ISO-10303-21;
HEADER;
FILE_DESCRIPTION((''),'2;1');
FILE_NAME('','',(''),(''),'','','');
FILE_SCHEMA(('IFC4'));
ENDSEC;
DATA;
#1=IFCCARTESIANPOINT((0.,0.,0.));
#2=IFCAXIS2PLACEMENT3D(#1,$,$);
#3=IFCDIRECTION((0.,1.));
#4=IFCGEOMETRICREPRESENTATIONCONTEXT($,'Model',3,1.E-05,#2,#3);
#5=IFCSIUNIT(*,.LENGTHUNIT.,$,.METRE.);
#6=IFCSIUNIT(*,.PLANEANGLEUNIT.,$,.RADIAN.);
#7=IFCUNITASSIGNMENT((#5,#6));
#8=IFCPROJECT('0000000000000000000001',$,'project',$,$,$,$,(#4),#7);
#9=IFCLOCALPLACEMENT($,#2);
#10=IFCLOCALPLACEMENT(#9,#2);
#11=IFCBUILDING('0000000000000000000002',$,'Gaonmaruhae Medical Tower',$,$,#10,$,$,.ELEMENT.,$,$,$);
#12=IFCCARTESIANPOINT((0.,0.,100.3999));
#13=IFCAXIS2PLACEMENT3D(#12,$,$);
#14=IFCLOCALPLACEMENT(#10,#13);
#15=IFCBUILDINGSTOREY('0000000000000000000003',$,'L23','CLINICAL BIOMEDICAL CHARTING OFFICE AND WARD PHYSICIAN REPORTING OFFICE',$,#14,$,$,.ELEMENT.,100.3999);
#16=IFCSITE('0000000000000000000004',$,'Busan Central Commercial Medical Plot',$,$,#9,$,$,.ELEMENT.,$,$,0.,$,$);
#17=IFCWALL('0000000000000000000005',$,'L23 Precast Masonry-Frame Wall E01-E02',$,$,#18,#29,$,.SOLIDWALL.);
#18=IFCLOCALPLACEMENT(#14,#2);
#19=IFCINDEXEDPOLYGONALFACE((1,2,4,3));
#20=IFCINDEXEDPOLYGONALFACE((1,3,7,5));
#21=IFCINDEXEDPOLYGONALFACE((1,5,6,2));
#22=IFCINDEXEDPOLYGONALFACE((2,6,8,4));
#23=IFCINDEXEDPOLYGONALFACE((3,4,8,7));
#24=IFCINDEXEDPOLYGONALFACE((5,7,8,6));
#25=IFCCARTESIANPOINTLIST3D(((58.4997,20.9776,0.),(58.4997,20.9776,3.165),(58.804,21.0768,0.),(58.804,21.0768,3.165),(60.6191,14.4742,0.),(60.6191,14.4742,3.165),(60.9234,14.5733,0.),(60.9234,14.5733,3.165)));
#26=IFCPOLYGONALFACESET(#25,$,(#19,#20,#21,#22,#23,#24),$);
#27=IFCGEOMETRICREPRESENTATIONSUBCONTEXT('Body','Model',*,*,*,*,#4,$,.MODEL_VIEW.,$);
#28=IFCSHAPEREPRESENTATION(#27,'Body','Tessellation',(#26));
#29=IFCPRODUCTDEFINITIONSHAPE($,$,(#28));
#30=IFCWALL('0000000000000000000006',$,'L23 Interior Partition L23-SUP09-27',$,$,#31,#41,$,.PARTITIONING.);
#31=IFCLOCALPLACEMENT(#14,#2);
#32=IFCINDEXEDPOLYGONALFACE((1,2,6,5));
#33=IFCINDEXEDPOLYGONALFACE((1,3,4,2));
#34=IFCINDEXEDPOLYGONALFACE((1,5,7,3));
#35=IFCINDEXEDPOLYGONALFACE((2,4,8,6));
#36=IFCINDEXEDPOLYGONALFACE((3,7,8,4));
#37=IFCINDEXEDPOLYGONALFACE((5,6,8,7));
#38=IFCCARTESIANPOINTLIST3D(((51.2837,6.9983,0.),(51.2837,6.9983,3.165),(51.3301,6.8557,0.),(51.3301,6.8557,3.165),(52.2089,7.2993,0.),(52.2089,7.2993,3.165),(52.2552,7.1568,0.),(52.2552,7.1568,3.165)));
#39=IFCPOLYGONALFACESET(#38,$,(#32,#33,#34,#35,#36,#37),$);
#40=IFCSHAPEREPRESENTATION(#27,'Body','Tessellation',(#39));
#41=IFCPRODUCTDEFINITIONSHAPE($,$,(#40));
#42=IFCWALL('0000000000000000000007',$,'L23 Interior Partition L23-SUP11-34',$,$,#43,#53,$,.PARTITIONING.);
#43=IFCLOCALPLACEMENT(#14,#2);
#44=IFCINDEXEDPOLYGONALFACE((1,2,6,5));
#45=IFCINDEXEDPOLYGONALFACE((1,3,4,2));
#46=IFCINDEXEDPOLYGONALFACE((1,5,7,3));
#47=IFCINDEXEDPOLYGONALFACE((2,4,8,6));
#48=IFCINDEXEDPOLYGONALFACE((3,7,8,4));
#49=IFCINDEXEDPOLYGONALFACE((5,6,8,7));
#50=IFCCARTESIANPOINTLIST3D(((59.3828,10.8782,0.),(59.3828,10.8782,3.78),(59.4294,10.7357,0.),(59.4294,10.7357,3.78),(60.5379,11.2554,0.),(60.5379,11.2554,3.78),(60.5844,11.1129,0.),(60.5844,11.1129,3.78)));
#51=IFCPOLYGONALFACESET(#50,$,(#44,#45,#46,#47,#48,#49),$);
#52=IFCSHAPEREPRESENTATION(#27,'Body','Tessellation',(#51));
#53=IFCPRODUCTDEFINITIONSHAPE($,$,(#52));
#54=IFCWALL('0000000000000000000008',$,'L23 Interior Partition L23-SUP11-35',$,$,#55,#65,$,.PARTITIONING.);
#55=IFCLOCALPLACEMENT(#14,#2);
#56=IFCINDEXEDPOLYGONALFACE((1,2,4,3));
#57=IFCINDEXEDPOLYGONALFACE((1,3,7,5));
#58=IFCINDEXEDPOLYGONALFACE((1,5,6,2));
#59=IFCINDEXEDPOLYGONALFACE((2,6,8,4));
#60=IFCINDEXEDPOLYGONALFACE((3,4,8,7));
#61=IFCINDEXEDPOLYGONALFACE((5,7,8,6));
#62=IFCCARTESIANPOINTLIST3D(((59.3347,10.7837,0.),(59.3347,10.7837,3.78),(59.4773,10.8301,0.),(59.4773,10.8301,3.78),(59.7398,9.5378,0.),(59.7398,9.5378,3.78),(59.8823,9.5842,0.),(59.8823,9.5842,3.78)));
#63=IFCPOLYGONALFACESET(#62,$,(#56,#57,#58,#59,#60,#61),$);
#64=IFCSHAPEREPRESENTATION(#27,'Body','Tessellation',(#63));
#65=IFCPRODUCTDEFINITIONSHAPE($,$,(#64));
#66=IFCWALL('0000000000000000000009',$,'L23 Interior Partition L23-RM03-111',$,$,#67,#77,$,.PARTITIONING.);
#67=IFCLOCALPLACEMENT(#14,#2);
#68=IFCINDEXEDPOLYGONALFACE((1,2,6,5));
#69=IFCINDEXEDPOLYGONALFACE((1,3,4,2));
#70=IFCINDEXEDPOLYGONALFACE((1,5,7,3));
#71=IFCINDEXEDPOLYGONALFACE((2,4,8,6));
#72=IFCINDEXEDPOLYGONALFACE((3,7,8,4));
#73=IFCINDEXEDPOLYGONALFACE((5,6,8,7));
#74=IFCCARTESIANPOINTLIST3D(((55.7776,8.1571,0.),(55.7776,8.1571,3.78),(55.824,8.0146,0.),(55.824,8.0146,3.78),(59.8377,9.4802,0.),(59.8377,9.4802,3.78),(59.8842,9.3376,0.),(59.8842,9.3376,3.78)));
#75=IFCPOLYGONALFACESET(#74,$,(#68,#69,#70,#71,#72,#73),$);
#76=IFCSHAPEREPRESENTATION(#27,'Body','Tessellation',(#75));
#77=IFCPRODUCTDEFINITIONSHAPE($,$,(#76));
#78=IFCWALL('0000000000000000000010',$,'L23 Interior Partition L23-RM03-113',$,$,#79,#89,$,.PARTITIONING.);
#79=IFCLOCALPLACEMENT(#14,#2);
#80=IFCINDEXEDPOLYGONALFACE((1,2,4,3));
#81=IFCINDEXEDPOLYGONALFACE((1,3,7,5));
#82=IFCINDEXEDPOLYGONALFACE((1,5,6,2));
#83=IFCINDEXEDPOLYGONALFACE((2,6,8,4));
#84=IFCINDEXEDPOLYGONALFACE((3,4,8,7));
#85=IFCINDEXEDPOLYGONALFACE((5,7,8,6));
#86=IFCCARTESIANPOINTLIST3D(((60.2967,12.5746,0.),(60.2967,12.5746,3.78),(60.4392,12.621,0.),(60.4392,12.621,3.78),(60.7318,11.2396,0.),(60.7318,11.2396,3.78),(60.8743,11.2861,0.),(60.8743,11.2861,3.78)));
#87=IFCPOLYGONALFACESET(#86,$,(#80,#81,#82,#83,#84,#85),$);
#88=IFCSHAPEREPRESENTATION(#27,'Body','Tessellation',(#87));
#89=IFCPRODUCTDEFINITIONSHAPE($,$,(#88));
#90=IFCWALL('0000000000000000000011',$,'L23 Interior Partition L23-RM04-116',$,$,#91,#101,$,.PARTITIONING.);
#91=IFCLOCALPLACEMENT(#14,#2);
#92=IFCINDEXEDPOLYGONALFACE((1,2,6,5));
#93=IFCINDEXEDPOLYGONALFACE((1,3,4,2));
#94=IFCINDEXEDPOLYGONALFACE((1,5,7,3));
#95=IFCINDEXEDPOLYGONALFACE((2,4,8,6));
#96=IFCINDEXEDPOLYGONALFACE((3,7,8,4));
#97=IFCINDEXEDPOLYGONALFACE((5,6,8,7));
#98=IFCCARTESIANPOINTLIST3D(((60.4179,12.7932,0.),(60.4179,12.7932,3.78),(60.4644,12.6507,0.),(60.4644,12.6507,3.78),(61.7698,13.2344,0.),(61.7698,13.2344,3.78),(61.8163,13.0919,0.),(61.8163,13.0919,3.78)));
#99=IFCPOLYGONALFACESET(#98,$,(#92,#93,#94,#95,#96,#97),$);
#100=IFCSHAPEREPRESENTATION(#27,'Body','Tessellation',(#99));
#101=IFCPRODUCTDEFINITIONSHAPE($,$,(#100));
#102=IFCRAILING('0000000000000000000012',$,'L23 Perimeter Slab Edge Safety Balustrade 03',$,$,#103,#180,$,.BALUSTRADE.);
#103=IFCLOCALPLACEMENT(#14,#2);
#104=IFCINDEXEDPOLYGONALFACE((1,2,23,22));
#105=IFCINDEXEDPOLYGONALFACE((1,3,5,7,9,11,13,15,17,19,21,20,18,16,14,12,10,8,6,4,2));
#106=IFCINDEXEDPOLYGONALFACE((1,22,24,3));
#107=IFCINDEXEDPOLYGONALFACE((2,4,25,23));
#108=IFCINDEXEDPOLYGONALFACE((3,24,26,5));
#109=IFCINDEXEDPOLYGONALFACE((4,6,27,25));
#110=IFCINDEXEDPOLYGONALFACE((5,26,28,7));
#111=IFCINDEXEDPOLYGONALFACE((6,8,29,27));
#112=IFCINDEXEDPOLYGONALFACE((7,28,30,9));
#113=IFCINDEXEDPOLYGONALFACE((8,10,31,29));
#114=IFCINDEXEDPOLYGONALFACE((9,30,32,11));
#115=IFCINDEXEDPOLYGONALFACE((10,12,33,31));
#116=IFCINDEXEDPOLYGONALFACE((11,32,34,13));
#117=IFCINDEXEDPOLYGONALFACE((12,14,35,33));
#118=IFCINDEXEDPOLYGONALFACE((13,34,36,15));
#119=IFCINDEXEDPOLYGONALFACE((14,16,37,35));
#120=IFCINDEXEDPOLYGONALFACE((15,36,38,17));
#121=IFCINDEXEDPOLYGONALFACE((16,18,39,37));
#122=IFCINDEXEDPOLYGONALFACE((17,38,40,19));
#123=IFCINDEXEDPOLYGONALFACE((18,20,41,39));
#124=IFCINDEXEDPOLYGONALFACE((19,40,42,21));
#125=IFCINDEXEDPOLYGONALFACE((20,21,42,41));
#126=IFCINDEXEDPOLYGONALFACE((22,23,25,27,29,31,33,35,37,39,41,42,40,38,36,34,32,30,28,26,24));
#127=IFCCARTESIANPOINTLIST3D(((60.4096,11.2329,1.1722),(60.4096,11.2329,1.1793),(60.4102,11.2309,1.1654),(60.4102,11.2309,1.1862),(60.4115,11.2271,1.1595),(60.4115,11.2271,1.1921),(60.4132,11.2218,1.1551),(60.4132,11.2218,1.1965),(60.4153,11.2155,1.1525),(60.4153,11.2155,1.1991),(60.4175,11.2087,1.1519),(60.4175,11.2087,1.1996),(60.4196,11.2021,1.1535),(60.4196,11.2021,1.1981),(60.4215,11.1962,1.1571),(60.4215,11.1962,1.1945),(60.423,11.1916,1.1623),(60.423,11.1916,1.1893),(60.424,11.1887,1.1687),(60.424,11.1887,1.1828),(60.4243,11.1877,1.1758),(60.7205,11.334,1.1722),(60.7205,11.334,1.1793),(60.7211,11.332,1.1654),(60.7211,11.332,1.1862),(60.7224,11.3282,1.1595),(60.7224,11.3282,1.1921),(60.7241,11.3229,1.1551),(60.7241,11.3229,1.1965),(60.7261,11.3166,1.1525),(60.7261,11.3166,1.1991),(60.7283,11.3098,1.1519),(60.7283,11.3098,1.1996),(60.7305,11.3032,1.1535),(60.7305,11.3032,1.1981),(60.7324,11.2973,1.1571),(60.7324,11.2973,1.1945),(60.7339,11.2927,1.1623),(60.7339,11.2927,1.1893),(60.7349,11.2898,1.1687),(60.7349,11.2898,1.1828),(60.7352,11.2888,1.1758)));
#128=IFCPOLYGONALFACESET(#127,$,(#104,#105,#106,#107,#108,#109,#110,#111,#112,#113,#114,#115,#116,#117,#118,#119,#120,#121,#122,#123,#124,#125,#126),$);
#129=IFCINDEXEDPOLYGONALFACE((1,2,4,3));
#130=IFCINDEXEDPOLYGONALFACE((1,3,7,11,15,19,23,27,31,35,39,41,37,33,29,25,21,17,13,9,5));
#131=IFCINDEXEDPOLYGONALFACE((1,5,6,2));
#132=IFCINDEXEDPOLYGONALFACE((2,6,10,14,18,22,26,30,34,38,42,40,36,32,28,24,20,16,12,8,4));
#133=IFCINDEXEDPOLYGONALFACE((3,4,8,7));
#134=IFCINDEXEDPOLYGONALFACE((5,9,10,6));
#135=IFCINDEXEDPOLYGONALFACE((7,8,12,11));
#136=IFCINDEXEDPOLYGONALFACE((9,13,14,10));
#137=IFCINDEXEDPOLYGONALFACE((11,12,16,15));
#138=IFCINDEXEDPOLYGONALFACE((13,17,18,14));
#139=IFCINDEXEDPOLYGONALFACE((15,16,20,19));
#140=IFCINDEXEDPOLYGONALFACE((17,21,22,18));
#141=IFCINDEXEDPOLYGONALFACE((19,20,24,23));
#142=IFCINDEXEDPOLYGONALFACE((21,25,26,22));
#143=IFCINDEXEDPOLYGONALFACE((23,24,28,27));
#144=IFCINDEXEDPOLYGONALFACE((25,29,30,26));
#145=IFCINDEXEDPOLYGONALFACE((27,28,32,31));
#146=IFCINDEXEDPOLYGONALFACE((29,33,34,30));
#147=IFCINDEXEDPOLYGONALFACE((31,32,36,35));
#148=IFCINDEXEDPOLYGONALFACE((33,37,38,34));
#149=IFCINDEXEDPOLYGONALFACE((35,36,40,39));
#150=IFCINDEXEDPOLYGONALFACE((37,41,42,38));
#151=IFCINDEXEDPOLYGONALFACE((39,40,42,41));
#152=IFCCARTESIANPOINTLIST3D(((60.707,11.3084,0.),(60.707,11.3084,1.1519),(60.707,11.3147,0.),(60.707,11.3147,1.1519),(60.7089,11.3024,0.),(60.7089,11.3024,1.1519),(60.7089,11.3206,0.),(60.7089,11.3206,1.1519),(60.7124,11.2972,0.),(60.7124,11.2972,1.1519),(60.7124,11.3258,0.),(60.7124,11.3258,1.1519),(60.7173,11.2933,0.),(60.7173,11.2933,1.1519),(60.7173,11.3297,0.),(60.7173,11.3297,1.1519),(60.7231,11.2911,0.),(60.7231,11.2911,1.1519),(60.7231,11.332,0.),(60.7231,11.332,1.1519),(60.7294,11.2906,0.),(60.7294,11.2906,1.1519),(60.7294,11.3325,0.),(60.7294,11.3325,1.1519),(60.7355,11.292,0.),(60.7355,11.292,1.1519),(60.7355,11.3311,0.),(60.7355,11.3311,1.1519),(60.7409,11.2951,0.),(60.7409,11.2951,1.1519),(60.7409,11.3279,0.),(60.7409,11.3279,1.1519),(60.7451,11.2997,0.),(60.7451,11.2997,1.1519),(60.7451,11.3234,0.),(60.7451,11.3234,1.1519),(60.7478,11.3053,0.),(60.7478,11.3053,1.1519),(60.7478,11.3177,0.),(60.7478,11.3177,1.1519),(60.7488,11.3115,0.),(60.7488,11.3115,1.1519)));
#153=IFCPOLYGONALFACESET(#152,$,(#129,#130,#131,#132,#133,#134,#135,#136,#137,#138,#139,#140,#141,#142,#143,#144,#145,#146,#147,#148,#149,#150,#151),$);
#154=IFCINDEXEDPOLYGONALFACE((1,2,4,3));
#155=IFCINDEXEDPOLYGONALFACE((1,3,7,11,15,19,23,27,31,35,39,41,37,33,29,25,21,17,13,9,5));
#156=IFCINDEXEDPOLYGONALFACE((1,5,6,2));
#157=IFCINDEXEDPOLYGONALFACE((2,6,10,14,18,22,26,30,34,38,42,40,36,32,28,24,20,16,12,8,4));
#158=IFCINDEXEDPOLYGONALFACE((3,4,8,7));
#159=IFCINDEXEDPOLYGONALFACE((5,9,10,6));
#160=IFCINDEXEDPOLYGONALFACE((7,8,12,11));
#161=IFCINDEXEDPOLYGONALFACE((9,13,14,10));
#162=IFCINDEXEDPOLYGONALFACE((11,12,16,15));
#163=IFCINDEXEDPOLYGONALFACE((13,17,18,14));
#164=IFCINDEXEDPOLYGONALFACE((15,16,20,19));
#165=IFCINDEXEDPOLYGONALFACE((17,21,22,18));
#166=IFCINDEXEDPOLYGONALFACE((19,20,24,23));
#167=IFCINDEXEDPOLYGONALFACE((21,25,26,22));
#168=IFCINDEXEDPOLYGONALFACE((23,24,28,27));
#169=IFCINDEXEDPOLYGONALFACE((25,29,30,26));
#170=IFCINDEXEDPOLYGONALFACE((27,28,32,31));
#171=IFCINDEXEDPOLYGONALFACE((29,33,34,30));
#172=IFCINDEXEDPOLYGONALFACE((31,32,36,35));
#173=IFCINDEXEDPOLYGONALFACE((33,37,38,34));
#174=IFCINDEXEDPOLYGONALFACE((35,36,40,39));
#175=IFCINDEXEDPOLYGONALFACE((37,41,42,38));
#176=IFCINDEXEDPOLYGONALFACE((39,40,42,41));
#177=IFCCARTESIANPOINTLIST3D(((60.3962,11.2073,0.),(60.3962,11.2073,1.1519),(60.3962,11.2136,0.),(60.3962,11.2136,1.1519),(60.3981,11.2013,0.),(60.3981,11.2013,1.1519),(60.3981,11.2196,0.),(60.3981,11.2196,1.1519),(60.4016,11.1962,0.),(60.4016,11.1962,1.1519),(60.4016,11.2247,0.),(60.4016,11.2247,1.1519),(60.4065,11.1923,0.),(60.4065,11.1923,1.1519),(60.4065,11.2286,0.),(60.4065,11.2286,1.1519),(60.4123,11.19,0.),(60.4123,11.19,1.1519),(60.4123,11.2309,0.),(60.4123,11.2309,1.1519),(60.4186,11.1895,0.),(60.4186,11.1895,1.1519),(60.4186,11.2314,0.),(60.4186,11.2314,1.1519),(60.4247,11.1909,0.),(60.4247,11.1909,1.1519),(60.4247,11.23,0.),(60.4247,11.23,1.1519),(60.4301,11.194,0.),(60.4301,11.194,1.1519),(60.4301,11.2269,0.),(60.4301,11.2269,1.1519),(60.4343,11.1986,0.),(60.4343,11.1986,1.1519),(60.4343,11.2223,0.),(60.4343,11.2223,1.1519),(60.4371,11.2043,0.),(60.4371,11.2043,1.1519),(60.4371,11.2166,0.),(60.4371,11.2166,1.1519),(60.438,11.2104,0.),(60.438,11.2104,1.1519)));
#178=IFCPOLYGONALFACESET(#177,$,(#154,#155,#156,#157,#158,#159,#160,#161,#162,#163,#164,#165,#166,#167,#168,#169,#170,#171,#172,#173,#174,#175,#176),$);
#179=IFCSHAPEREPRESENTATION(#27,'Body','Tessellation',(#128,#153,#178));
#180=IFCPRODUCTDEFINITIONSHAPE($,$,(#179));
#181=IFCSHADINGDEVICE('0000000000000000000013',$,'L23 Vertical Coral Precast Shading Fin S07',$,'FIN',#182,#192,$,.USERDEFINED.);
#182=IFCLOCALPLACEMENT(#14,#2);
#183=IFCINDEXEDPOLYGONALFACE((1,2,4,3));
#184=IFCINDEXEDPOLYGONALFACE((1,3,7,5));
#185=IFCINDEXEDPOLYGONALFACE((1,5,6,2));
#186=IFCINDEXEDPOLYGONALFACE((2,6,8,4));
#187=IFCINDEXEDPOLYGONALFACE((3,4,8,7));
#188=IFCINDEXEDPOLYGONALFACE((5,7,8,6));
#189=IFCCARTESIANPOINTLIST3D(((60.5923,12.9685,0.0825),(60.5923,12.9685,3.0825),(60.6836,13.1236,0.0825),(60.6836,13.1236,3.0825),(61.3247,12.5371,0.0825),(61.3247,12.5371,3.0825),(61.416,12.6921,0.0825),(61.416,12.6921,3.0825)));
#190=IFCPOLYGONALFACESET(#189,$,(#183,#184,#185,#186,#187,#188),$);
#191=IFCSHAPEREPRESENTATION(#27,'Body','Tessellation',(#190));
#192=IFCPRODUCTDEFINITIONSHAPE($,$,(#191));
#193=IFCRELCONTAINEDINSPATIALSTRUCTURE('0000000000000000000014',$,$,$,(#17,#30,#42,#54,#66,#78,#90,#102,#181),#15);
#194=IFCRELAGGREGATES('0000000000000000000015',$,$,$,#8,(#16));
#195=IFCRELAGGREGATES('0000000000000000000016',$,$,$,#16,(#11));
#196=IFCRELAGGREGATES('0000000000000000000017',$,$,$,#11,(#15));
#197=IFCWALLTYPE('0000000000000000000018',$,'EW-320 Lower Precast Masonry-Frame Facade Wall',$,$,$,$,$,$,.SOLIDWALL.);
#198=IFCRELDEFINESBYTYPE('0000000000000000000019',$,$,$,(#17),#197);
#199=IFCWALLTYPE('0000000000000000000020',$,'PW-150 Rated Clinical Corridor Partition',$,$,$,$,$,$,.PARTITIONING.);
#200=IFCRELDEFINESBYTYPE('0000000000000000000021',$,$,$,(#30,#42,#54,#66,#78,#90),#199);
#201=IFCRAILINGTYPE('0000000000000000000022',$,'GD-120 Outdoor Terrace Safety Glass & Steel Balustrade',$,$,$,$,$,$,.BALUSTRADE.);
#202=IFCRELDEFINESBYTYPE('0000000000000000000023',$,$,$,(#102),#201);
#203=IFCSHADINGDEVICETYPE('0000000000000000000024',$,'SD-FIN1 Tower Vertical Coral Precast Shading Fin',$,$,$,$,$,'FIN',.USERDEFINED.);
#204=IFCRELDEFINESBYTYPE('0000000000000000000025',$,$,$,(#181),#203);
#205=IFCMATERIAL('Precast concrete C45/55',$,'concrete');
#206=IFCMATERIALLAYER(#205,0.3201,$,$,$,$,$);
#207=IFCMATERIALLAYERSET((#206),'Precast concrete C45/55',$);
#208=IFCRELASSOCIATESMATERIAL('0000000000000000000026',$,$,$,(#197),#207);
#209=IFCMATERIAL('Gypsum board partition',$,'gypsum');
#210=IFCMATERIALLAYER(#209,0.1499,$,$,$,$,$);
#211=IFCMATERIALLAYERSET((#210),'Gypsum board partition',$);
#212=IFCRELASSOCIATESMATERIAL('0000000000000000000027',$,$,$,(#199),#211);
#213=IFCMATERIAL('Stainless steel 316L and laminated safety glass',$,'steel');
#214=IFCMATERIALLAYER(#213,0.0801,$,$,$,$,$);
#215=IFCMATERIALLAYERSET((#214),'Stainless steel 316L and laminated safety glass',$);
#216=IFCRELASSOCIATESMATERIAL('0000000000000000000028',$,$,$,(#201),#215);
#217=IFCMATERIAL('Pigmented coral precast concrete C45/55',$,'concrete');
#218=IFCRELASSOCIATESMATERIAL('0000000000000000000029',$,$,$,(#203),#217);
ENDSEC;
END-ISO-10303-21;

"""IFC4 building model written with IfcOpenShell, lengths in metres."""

from ifc_helpers import new_model, si_unit, direction, frame, frame_2d, origin, origin_2d, place, context, subcontext, project, spatial, rectangle, circle, extrude, material, layer, layer_set, type_object, element, save


model = new_model("IFC4")

# Units and contexts
model_context = context("Model", 3, precision=1e-05, world=origin(), true_north=direction((0.0, 1.0)))
body_context = subcontext(model_context, "Body", "Model", "MODEL_VIEW")
ifc_project = project(units=[si_unit("LENGTHUNIT", "METRE"), si_unit("PLANEANGLEUNIT", "RADIAN")], contexts=[model_context])

# Site, building, storey
site_placement = place(None, origin())
site = spatial("IfcSite", under=ifc_project, at=site_placement, Name="Busan Central Commercial Medical Plot", CompositionType="ELEMENT", RefElevation=0.0)
building_placement = place(site_placement, origin())
building = spatial("IfcBuilding", under=site, at=building_placement, Name="Gaonmaruhae Medical Tower", CompositionType="ELEMENT")
storey_placement = place(building_placement, frame((0.0, 0.0, 100.3999)))
storey = spatial("IfcBuildingStorey", under=building, at=storey_placement, Name="L23", Description="CLINICAL BIOMEDICAL CHARTING OFFICE AND WARD PHYSICIAN REPORTING OFFICE", CompositionType="ELEMENT", Elevation=100.3999)

# Shared definitions
ifc_material_1 = material(Name="Precast concrete C45/55", Category="concrete")
ifc_layer_1 = layer(ifc_material_1, 0.3201)
ifc_layer_set_1 = layer_set([ifc_layer_1], Name="Precast concrete C45/55")
wall_type_1 = type_object("IfcWallType", Name="EW-320 Lower Precast Masonry-Frame Facade Wall", PredefinedType="SOLIDWALL", material=ifc_layer_set_1)

# Walls
wall_1_placement = place(storey_placement, frame((58.6519, 21.0271, 0.0), z_axis=(0.0, 0.0, 1.0), x_axis=(0.309849, -0.950786, 0.0)))
element("IfcWall", 1, at=wall_1_placement, inside=storey, type_object=wall_type_1, Name="L23 Precast Masonry-Frame Wall E01-E02", PredefinedType="SOLIDWALL", context=body_context, shape_type="SweptSolid", body=[
    extrude(rectangle(XDim=6.8401, YDim=0.3201, at=frame_2d((3.4199, 0.0))), origin(), (0.0, 0.0, 1.0), 3.165),
])
ifc_material_2 = material(Name="Gypsum board partition", Category="gypsum")
ifc_layer_2 = layer(ifc_material_2, 0.1499)
ifc_layer_set_2 = layer_set([ifc_layer_2], Name="Gypsum board partition")
wall_type_2 = type_object("IfcWallType", Name="PW-150 Rated Clinical Corridor Partition", PredefinedType="PARTITIONING", material=ifc_layer_set_2)
wall_2_placement = place(storey_placement, frame((52.2319, 7.228, 0.0), z_axis=(0.0, 0.0, 1.0), x_axis=(-0.950918, -0.309444, 0.0)))
element("IfcWall", 2, at=wall_2_placement, inside=storey, type_object=wall_type_2, Name="L23 Interior Partition L23-SUP09-27", PredefinedType="PARTITIONING", context=body_context, shape_type="SweptSolid", body=[
    extrude(rectangle(XDim=0.9729, YDim=0.1499, at=frame_2d((0.4863, 0.0))), origin(), (0.0, 0.0, 1.0), 3.165),
])
wall_3_placement = place(storey_placement, frame((60.561, 11.1841, 0.0), z_axis=(0.0, 0.0, 1.0), x_axis=(-0.950595, -0.310435, 0.0)))
element("IfcWall", 3, at=wall_3_placement, inside=storey, type_object=wall_type_2, Name="L23 Interior Partition L23-SUP11-34", PredefinedType="PARTITIONING", context=body_context, shape_type="SweptSolid", body=[
    extrude(rectangle(XDim=1.2151, YDim=0.1499, at=frame_2d((0.6074, 0.0))), origin(), (0.0, 0.0, 1.0), 3.78),
])
wall_4_placement = place(storey_placement, frame((59.406, 10.8069, 0.0), z_axis=(0.0, 0.0, 1.0), x_axis=(0.309175, -0.951005, 0.0)))
element("IfcWall", 4, at=wall_4_placement, inside=storey, type_object=wall_type_2, Name="L23 Interior Partition L23-SUP11-35", PredefinedType="PARTITIONING", context=body_context, shape_type="SweptSolid", body=[
    extrude(rectangle(XDim=1.3101, YDim=0.1499, at=frame_2d((0.655, 0.0))), origin(), (0.0, 0.0, 1.0), 3.78),
])
wall_5_placement = place(storey_placement, frame((59.8611, 9.4089, 0.0), z_axis=(0.0, 0.0, 1.0), x_axis=(-0.950794, -0.309823, 0.0)))
element("IfcWall", 5, at=wall_5_placement, inside=storey, type_object=wall_type_2, Name="L23 Interior Partition L23-RM03-111", PredefinedType="PARTITIONING", context=body_context, shape_type="SweptSolid", body=[
    extrude(rectangle(XDim=4.2703, YDim=0.1499, at=frame_2d((2.1353, 0.0))), origin(), (0.0, 0.0, 1.0), 3.78),
])
wall_6_placement = place(storey_placement, frame((60.3679, 12.5979, 0.0), z_axis=(0.0, 0.0, 1.0), x_axis=(0.309857, -0.950783, 0.0)))
element("IfcWall", 6, at=wall_6_placement, inside=storey, type_object=wall_type_2, Name="L23 Interior Partition L23-RM03-113", PredefinedType="PARTITIONING", context=body_context, shape_type="SweptSolid", body=[
    extrude(rectangle(XDim=1.4041, YDim=0.1499, at=frame_2d((0.7021, 0.0))), origin(), (0.0, 0.0, 1.0), 3.78),
])
wall_7_placement = place(storey_placement, frame((61.793, 13.1631, 0.0), z_axis=(0.0, 0.0, 1.0), x_axis=(-0.950673, -0.310196, 0.0)))
element("IfcWall", 7, at=wall_7_placement, inside=storey, type_object=wall_type_2, Name="L23 Interior Partition L23-RM04-116", PredefinedType="PARTITIONING", context=body_context, shape_type="SweptSolid", body=[
    extrude(rectangle(XDim=1.4221, YDim=0.1499, at=frame_2d((0.7109, 0.0))), origin(), (0.0, 0.0, 1.0), 3.78),
])

# Railing
ifc_material_3 = material(Name="Stainless steel 316L and laminated safety glass", Category="steel")
ifc_layer_3 = layer(ifc_material_3, 0.0801)
ifc_layer_set_3 = layer_set([ifc_layer_3], Name="Stainless steel 316L and laminated safety glass")
railing_type = type_object("IfcRailingType", Name="GD-120 Outdoor Terrace Safety Glass & Steel Balustrade", PredefinedType="BALUSTRADE", material=ifc_layer_set_3)
railing_placement = place(storey_placement, frame((60.7278, 11.3115, 0.0)))
element("IfcRailing", 8, at=railing_placement, inside=storey, type_object=railing_type, Name="L23 Perimeter Slab Edge Safety Balustrade 03", PredefinedType="BALUSTRADE", context=body_context, shape_type="SweptSolid", body=[
    extrude(circle(Radius=0.0239, at=origin_2d()), frame((0.0, 0.0, 1.1758), z_axis=(-0.950974, -0.309272, 0.0), x_axis=(0.309272, -0.950974, 0.0)), (0.0, 0.0, 1.0), 0.3269),
    extrude(circle(Radius=0.021, at=origin_2d()), origin(), (0.0, 0.0, 1.0), 1.1519),
    extrude(circle(Radius=0.021, at=origin_2d()), frame((-0.3108, -0.1011, 0.0)), (0.0, 0.0, 1.0), 1.1519),
])

# Shading device
ifc_material_4 = material(Name="Pigmented coral precast concrete C45/55", Category="concrete")
shading_device_type = type_object("IfcShadingDeviceType", Name="SD-FIN1 Tower Vertical Coral Precast Shading Fin", ElementType="FIN", PredefinedType="USERDEFINED", material=ifc_material_4)
shading_device_placement = place(storey_placement, frame((61.0042, 12.8303, 0.0825), z_axis=(0.0, 0.0, 1.0), x_axis=(-0.507553, -0.86162, 0.0)))
element("IfcShadingDevice", 9, at=shading_device_placement, inside=storey, type_object=shading_device_type, Name="L23 Vertical Coral Precast Shading Fin S07", ObjectType="FIN", PredefinedType="USERDEFINED", context=body_context, shape_type="SweptSolid", body=[
    extrude(rectangle(XDim=0.1799, YDim=0.8501, at=origin_2d()), origin(), (0.0, 0.0, 1.0), 3.0),
])

save(model, "model.ifc")
